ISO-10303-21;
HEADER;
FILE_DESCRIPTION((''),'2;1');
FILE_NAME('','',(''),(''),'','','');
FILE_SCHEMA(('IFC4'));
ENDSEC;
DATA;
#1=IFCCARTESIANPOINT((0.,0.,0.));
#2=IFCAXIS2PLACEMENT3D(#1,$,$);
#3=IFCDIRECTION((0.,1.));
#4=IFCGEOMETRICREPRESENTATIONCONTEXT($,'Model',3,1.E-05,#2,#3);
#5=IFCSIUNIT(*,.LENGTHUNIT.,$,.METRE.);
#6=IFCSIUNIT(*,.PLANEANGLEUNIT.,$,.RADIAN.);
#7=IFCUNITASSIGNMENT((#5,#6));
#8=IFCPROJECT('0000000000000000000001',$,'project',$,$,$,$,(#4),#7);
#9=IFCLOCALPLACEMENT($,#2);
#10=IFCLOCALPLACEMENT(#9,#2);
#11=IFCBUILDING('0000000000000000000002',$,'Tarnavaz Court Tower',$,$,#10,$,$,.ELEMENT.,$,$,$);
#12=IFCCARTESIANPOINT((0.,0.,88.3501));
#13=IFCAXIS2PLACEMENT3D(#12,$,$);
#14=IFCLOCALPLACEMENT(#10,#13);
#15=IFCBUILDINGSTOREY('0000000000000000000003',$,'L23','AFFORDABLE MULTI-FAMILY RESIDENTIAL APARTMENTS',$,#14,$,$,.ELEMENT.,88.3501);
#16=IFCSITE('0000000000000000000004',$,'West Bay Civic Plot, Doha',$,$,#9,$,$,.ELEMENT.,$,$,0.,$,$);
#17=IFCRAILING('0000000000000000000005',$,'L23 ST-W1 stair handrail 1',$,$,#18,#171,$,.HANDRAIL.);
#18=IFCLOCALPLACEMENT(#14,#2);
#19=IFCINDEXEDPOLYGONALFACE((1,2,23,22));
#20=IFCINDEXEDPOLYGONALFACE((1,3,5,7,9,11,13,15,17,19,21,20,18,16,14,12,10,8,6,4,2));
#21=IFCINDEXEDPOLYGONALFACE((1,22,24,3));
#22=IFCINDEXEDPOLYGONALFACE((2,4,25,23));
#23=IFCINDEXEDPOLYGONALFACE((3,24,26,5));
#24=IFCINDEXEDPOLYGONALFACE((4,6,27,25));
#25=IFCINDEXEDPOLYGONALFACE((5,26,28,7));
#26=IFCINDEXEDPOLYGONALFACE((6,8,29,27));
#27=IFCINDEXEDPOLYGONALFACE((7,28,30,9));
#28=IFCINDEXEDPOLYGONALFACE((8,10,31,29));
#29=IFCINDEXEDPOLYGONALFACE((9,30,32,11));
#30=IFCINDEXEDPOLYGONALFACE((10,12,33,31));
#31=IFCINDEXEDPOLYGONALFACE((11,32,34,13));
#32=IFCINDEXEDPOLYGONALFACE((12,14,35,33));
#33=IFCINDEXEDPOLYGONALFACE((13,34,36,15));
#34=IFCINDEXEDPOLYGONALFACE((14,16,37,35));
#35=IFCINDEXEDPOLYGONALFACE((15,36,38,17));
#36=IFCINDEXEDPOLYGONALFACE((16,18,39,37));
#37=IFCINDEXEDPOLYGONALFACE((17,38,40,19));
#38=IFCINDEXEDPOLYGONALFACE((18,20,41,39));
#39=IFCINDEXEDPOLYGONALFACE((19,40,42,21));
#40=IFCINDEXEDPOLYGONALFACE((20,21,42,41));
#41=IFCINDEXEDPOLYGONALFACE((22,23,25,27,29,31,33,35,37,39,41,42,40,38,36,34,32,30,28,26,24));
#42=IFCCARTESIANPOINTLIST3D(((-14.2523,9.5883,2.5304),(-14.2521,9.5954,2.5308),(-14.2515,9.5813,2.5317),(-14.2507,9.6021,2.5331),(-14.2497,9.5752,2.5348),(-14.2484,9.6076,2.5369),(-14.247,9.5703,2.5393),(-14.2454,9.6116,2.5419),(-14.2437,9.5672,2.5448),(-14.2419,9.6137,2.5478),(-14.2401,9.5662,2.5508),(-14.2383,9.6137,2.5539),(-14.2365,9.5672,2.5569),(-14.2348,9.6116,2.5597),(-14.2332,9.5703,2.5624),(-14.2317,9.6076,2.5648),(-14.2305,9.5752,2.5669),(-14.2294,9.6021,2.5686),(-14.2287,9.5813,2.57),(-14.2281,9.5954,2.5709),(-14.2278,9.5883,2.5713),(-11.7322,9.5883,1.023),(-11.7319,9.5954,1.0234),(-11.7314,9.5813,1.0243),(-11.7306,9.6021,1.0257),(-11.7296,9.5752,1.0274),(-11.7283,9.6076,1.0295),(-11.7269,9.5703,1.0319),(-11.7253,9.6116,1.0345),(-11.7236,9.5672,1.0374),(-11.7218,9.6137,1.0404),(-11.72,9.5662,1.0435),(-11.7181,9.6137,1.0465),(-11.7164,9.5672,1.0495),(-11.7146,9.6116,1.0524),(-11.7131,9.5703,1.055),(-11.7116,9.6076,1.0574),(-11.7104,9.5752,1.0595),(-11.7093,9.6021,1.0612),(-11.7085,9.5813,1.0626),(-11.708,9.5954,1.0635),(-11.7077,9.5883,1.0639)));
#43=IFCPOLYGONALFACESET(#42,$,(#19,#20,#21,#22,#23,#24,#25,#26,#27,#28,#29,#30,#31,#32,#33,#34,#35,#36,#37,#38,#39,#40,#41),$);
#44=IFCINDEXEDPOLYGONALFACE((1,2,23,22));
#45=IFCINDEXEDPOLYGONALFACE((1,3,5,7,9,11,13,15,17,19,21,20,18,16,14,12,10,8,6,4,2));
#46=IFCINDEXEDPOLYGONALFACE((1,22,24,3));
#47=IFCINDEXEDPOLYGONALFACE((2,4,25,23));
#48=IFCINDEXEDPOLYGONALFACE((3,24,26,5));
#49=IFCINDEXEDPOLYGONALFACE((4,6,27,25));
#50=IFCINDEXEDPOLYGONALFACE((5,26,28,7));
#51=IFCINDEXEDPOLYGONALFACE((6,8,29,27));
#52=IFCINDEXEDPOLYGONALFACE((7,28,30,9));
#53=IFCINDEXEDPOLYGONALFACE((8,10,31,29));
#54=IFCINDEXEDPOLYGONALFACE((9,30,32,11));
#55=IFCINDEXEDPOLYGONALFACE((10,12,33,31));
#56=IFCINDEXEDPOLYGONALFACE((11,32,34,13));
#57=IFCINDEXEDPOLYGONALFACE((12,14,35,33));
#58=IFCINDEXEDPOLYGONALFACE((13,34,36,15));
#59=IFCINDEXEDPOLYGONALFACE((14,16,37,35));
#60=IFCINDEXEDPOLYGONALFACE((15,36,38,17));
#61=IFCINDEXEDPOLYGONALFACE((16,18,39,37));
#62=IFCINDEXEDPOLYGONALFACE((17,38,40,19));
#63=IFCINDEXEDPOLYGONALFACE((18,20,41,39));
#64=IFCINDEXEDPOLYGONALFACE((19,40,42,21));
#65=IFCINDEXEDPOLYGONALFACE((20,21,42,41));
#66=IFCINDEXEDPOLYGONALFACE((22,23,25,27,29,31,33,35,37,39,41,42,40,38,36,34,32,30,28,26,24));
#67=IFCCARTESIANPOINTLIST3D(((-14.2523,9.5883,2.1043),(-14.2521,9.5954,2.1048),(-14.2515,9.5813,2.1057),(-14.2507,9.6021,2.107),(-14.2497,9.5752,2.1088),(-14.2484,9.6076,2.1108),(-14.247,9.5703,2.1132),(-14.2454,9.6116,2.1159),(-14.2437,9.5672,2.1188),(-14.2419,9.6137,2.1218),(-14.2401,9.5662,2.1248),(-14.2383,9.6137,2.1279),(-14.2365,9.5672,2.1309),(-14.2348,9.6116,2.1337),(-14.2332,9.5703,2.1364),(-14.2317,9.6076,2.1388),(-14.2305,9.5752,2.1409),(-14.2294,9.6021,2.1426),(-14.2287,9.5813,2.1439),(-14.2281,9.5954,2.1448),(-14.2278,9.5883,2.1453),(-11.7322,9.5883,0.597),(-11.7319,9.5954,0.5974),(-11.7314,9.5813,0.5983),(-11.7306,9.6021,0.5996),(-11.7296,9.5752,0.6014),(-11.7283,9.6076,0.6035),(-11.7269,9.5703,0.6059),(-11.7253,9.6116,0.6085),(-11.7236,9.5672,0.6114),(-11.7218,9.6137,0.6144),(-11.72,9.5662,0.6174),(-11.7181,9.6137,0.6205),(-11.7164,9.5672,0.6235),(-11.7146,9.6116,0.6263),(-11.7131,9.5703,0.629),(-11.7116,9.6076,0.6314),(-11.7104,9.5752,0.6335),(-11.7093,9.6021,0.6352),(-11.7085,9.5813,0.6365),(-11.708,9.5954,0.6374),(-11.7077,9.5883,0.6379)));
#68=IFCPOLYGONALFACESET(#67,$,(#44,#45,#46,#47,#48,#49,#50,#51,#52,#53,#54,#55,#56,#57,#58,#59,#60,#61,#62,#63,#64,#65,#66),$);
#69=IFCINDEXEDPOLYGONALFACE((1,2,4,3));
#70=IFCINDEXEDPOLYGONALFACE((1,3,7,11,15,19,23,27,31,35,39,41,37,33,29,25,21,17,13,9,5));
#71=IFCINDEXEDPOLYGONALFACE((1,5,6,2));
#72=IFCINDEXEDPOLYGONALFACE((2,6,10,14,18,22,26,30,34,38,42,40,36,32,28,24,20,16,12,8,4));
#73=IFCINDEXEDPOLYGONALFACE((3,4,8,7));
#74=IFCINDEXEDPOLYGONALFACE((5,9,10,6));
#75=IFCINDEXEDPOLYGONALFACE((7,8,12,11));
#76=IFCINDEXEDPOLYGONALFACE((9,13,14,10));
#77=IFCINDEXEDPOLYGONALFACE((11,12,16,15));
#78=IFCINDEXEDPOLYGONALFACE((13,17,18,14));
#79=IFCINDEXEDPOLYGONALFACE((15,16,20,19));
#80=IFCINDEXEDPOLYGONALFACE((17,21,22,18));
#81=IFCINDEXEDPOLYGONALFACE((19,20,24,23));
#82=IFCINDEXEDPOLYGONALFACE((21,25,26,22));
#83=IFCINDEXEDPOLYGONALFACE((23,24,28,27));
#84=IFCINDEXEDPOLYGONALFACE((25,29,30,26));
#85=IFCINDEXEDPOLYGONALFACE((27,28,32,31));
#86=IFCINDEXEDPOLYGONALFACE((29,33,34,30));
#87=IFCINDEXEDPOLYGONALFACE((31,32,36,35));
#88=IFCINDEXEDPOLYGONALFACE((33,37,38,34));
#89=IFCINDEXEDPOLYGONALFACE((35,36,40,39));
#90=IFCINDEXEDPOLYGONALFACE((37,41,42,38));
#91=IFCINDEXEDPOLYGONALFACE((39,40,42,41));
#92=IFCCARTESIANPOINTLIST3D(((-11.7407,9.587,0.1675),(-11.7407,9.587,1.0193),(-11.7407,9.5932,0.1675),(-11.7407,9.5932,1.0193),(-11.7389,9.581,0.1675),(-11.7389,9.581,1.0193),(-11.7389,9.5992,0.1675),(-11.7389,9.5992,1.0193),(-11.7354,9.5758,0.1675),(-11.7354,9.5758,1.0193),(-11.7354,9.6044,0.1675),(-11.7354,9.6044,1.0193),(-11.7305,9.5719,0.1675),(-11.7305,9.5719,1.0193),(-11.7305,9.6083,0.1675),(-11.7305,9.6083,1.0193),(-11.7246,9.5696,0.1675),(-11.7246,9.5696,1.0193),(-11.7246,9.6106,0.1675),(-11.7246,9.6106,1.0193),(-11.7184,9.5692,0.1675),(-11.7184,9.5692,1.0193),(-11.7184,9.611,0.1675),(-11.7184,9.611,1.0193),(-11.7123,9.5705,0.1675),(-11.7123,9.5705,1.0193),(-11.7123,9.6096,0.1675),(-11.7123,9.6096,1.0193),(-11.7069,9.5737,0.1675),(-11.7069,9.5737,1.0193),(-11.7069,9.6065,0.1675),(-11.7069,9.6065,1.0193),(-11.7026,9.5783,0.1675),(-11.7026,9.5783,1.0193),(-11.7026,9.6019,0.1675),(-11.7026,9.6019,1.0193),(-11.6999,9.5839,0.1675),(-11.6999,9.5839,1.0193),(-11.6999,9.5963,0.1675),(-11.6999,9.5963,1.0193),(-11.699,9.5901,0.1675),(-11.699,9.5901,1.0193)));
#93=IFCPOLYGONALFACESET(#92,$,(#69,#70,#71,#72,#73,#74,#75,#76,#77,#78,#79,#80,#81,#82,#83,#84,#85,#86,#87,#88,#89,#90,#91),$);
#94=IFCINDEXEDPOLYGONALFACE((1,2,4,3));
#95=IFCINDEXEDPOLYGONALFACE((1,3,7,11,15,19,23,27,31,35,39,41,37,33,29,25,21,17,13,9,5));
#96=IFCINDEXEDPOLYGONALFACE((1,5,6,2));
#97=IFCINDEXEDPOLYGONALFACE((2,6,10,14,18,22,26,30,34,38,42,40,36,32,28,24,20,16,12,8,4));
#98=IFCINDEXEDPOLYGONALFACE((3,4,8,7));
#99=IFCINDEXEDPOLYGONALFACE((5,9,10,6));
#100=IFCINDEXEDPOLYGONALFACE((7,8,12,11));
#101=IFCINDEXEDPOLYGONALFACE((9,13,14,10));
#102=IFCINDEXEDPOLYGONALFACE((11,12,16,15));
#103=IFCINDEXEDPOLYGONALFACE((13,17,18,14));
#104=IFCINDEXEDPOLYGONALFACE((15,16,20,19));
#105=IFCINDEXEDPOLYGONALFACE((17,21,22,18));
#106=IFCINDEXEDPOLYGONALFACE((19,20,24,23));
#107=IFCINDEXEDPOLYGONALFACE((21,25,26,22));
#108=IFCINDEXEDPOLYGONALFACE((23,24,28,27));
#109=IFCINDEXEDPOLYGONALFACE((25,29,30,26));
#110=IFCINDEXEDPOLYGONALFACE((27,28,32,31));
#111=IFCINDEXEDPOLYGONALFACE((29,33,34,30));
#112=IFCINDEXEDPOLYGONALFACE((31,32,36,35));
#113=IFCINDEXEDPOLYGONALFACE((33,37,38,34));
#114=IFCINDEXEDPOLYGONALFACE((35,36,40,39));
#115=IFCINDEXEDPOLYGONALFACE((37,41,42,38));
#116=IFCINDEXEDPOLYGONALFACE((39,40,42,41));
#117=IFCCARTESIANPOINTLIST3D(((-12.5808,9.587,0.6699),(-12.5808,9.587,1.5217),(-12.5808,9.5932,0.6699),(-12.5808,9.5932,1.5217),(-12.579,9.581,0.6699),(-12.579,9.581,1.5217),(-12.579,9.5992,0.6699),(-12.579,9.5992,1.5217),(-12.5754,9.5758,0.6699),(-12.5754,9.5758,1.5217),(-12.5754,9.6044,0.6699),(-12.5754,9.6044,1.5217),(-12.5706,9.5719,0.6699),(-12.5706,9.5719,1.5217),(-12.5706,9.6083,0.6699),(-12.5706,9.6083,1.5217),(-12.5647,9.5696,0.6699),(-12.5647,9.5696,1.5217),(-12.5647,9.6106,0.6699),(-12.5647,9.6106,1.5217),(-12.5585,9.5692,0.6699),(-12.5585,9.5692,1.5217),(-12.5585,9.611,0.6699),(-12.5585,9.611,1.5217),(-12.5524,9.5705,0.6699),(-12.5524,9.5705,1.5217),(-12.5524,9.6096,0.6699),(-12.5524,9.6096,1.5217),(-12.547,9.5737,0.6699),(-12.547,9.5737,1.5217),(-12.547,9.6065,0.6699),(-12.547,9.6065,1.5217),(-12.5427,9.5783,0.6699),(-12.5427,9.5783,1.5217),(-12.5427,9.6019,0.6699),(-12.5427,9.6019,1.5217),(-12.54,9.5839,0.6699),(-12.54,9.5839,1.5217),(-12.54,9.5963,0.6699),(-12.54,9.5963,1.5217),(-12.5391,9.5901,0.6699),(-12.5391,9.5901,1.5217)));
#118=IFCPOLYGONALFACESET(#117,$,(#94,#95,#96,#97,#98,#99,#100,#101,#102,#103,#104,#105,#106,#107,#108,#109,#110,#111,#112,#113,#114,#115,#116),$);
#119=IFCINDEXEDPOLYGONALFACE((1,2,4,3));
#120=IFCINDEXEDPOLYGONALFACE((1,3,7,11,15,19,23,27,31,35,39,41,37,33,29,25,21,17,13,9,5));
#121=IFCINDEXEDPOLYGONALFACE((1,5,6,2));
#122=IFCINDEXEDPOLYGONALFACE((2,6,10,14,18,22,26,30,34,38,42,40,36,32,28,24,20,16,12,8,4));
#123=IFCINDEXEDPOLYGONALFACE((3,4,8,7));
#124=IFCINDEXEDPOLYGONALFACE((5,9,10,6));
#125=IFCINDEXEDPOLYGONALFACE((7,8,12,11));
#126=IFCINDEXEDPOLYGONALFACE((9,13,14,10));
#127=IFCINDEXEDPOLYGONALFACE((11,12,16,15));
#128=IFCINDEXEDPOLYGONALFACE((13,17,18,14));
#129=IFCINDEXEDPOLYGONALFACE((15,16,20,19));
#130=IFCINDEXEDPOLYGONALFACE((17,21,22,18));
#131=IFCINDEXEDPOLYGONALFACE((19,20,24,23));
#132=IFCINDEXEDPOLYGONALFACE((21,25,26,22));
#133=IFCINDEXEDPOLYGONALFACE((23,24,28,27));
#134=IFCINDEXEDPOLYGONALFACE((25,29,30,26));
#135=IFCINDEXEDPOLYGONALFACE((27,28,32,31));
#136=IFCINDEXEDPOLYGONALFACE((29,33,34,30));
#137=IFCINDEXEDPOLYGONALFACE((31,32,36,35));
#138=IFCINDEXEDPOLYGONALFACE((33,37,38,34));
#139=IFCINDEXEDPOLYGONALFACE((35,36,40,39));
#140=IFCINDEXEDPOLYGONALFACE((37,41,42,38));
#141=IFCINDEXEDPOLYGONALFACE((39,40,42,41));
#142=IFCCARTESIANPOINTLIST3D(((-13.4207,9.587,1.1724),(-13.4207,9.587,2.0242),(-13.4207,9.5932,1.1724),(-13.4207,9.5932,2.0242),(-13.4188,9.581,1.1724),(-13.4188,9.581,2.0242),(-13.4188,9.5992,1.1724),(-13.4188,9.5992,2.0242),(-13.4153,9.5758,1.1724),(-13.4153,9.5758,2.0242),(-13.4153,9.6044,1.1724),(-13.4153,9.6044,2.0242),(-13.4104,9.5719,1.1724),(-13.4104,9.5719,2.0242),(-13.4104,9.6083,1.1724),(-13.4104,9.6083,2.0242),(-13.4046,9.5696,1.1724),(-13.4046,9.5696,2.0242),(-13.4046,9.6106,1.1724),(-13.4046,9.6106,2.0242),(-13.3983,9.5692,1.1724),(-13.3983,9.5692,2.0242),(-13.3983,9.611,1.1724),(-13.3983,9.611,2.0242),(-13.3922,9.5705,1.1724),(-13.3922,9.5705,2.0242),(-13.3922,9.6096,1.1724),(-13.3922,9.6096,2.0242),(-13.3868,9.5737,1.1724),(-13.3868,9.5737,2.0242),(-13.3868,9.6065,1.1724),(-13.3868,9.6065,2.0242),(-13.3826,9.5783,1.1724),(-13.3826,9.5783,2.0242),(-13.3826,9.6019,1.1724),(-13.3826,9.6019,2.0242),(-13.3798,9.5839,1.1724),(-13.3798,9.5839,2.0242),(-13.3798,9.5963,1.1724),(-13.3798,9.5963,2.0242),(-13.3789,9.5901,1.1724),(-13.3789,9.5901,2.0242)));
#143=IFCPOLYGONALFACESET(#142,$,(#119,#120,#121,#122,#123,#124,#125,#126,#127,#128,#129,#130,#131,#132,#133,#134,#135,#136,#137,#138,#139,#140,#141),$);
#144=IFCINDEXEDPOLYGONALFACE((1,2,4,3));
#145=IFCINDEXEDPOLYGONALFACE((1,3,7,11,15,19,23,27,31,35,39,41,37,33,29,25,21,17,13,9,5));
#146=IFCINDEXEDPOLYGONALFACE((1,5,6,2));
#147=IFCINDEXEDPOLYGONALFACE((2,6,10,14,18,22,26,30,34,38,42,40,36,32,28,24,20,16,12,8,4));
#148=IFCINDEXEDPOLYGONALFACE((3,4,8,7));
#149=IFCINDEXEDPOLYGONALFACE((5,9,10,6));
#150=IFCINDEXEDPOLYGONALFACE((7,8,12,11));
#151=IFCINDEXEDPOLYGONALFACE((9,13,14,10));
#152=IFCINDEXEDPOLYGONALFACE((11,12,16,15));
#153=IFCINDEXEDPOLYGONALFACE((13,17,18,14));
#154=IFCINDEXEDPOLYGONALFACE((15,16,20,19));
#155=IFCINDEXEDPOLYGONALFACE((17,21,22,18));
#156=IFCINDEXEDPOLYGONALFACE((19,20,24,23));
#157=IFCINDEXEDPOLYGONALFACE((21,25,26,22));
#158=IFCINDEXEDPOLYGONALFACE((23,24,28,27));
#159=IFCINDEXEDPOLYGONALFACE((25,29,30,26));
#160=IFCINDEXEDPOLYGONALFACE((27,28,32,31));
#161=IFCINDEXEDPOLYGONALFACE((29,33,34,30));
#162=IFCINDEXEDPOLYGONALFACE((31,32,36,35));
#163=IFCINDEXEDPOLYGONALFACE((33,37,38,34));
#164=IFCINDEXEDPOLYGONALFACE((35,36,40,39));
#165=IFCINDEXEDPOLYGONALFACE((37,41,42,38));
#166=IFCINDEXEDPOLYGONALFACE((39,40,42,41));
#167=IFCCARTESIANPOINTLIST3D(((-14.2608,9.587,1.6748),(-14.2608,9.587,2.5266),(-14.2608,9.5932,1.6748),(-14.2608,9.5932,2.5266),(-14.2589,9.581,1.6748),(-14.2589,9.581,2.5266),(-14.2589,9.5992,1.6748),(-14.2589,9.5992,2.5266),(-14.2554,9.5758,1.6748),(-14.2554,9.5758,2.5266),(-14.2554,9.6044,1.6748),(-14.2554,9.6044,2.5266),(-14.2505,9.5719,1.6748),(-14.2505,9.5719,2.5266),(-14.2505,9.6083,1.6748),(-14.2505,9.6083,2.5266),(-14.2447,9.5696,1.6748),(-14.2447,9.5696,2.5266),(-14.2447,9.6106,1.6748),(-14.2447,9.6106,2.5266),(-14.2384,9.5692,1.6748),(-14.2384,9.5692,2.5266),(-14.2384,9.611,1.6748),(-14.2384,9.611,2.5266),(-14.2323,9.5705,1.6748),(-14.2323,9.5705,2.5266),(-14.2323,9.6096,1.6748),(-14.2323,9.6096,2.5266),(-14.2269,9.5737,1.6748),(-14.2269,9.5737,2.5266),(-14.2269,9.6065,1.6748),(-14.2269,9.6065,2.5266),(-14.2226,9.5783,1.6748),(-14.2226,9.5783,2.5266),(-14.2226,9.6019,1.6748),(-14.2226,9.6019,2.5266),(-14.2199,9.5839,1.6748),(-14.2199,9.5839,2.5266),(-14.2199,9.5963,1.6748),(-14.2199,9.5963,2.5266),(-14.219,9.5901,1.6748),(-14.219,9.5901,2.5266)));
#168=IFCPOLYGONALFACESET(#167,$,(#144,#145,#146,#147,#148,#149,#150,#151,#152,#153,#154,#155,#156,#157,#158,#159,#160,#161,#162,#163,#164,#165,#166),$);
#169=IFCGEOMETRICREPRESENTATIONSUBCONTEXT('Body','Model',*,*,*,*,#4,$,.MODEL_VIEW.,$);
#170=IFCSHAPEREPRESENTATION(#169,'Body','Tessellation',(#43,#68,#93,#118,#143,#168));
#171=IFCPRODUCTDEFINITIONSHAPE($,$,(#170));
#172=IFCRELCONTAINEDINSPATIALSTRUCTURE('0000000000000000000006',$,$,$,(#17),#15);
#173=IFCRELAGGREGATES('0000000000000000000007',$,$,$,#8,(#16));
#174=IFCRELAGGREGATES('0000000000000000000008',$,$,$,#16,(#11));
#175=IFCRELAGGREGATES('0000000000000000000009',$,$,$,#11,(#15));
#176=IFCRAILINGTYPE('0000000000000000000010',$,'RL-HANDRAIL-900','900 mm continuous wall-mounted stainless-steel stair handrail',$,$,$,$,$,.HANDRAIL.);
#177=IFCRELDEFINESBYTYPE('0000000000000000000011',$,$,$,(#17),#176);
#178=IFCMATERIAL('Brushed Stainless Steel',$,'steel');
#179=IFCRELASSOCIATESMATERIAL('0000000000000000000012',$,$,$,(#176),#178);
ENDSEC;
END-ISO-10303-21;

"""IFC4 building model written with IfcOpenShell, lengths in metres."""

from ifc_helpers import new_model, si_unit, direction, frame, origin, origin_2d, place, context, subcontext, project, spatial, circle, extrude, material, type_object, element, save


model = new_model("IFC4")

# Units and contexts
model_context = context("Model", 3, precision=1e-05, world=origin(), true_north=direction((0.0, 1.0)))
body_context = subcontext(model_context, "Body", "Model", "MODEL_VIEW")
ifc_project = project(units=[si_unit("LENGTHUNIT", "METRE"), si_unit("PLANEANGLEUNIT", "RADIAN")], contexts=[model_context])

# Site, building, storey
site_placement = place(None, origin())
site = spatial("IfcSite", under=ifc_project, at=site_placement, Name="West Bay Civic Plot, Doha", CompositionType="ELEMENT", RefElevation=0.0)
building_placement = place(site_placement, origin())
building = spatial("IfcBuilding", under=site, at=building_placement, Name="Tarnavaz Court Tower", CompositionType="ELEMENT")
storey_placement = place(building_placement, frame((0.0, 0.0, 88.3501)))
storey = spatial("IfcBuildingStorey", under=building, at=storey_placement, Name="L23", Description="AFFORDABLE MULTI-FAMILY RESIDENTIAL APARTMENTS", CompositionType="ELEMENT", Elevation=88.3501)

# Railing
ifc_material_1 = material(Name="Brushed Stainless Steel", Category="steel")
railing_type_1 = type_object("IfcRailingType", Name="RL-HANDRAIL-900", Description="900 mm continuous wall-mounted stainless-steel stair handrail", PredefinedType="HANDRAIL", material=ifc_material_1)
railing_1_placement = place(storey_placement, frame((-11.72, 9.5901, 0.1675)))
element("IfcRailing", 1, at=railing_1_placement, inside=storey, type_object=railing_type_1, Name="L23 ST-W1 stair handrail 1", PredefinedType="HANDRAIL", context=body_context, shape_type="SweptSolid", body=[
    extrude(circle(Radius=0.0239, at=origin_2d()), frame((0.0, 0.0, 0.876), z_axis=(-0.858196, 0.0, 0.513321), x_axis=(0.0, -1.0, 0.0)), (0.0, 0.0, 1.0), 2.9365),
    extrude(circle(Radius=0.0239, at=origin_2d()), frame((0.0, 0.0, 0.45), z_axis=(-0.858196, 0.0, 0.513321), x_axis=(0.0, -1.0, 0.0)), (0.0, 0.0, 1.0), 2.9365),
    extrude(circle(Radius=0.021, at=origin_2d()), origin(), (0.0, 0.0, 1.0), 0.8518),
    extrude(circle(Radius=0.021, at=origin_2d()), frame((-0.8401, 0.0, 0.5024)), (0.0, 0.0, 1.0), 0.8518),
    extrude(circle(Radius=0.021, at=origin_2d()), frame((-1.6799, 0.0, 1.0049)), (0.0, 0.0, 1.0), 0.8518),
    extrude(circle(Radius=0.021, at=origin_2d()), frame((-2.52, 0.0, 1.5073)), (0.0, 0.0, 1.0), 0.8518),
])

save(model, "model.ifc")
